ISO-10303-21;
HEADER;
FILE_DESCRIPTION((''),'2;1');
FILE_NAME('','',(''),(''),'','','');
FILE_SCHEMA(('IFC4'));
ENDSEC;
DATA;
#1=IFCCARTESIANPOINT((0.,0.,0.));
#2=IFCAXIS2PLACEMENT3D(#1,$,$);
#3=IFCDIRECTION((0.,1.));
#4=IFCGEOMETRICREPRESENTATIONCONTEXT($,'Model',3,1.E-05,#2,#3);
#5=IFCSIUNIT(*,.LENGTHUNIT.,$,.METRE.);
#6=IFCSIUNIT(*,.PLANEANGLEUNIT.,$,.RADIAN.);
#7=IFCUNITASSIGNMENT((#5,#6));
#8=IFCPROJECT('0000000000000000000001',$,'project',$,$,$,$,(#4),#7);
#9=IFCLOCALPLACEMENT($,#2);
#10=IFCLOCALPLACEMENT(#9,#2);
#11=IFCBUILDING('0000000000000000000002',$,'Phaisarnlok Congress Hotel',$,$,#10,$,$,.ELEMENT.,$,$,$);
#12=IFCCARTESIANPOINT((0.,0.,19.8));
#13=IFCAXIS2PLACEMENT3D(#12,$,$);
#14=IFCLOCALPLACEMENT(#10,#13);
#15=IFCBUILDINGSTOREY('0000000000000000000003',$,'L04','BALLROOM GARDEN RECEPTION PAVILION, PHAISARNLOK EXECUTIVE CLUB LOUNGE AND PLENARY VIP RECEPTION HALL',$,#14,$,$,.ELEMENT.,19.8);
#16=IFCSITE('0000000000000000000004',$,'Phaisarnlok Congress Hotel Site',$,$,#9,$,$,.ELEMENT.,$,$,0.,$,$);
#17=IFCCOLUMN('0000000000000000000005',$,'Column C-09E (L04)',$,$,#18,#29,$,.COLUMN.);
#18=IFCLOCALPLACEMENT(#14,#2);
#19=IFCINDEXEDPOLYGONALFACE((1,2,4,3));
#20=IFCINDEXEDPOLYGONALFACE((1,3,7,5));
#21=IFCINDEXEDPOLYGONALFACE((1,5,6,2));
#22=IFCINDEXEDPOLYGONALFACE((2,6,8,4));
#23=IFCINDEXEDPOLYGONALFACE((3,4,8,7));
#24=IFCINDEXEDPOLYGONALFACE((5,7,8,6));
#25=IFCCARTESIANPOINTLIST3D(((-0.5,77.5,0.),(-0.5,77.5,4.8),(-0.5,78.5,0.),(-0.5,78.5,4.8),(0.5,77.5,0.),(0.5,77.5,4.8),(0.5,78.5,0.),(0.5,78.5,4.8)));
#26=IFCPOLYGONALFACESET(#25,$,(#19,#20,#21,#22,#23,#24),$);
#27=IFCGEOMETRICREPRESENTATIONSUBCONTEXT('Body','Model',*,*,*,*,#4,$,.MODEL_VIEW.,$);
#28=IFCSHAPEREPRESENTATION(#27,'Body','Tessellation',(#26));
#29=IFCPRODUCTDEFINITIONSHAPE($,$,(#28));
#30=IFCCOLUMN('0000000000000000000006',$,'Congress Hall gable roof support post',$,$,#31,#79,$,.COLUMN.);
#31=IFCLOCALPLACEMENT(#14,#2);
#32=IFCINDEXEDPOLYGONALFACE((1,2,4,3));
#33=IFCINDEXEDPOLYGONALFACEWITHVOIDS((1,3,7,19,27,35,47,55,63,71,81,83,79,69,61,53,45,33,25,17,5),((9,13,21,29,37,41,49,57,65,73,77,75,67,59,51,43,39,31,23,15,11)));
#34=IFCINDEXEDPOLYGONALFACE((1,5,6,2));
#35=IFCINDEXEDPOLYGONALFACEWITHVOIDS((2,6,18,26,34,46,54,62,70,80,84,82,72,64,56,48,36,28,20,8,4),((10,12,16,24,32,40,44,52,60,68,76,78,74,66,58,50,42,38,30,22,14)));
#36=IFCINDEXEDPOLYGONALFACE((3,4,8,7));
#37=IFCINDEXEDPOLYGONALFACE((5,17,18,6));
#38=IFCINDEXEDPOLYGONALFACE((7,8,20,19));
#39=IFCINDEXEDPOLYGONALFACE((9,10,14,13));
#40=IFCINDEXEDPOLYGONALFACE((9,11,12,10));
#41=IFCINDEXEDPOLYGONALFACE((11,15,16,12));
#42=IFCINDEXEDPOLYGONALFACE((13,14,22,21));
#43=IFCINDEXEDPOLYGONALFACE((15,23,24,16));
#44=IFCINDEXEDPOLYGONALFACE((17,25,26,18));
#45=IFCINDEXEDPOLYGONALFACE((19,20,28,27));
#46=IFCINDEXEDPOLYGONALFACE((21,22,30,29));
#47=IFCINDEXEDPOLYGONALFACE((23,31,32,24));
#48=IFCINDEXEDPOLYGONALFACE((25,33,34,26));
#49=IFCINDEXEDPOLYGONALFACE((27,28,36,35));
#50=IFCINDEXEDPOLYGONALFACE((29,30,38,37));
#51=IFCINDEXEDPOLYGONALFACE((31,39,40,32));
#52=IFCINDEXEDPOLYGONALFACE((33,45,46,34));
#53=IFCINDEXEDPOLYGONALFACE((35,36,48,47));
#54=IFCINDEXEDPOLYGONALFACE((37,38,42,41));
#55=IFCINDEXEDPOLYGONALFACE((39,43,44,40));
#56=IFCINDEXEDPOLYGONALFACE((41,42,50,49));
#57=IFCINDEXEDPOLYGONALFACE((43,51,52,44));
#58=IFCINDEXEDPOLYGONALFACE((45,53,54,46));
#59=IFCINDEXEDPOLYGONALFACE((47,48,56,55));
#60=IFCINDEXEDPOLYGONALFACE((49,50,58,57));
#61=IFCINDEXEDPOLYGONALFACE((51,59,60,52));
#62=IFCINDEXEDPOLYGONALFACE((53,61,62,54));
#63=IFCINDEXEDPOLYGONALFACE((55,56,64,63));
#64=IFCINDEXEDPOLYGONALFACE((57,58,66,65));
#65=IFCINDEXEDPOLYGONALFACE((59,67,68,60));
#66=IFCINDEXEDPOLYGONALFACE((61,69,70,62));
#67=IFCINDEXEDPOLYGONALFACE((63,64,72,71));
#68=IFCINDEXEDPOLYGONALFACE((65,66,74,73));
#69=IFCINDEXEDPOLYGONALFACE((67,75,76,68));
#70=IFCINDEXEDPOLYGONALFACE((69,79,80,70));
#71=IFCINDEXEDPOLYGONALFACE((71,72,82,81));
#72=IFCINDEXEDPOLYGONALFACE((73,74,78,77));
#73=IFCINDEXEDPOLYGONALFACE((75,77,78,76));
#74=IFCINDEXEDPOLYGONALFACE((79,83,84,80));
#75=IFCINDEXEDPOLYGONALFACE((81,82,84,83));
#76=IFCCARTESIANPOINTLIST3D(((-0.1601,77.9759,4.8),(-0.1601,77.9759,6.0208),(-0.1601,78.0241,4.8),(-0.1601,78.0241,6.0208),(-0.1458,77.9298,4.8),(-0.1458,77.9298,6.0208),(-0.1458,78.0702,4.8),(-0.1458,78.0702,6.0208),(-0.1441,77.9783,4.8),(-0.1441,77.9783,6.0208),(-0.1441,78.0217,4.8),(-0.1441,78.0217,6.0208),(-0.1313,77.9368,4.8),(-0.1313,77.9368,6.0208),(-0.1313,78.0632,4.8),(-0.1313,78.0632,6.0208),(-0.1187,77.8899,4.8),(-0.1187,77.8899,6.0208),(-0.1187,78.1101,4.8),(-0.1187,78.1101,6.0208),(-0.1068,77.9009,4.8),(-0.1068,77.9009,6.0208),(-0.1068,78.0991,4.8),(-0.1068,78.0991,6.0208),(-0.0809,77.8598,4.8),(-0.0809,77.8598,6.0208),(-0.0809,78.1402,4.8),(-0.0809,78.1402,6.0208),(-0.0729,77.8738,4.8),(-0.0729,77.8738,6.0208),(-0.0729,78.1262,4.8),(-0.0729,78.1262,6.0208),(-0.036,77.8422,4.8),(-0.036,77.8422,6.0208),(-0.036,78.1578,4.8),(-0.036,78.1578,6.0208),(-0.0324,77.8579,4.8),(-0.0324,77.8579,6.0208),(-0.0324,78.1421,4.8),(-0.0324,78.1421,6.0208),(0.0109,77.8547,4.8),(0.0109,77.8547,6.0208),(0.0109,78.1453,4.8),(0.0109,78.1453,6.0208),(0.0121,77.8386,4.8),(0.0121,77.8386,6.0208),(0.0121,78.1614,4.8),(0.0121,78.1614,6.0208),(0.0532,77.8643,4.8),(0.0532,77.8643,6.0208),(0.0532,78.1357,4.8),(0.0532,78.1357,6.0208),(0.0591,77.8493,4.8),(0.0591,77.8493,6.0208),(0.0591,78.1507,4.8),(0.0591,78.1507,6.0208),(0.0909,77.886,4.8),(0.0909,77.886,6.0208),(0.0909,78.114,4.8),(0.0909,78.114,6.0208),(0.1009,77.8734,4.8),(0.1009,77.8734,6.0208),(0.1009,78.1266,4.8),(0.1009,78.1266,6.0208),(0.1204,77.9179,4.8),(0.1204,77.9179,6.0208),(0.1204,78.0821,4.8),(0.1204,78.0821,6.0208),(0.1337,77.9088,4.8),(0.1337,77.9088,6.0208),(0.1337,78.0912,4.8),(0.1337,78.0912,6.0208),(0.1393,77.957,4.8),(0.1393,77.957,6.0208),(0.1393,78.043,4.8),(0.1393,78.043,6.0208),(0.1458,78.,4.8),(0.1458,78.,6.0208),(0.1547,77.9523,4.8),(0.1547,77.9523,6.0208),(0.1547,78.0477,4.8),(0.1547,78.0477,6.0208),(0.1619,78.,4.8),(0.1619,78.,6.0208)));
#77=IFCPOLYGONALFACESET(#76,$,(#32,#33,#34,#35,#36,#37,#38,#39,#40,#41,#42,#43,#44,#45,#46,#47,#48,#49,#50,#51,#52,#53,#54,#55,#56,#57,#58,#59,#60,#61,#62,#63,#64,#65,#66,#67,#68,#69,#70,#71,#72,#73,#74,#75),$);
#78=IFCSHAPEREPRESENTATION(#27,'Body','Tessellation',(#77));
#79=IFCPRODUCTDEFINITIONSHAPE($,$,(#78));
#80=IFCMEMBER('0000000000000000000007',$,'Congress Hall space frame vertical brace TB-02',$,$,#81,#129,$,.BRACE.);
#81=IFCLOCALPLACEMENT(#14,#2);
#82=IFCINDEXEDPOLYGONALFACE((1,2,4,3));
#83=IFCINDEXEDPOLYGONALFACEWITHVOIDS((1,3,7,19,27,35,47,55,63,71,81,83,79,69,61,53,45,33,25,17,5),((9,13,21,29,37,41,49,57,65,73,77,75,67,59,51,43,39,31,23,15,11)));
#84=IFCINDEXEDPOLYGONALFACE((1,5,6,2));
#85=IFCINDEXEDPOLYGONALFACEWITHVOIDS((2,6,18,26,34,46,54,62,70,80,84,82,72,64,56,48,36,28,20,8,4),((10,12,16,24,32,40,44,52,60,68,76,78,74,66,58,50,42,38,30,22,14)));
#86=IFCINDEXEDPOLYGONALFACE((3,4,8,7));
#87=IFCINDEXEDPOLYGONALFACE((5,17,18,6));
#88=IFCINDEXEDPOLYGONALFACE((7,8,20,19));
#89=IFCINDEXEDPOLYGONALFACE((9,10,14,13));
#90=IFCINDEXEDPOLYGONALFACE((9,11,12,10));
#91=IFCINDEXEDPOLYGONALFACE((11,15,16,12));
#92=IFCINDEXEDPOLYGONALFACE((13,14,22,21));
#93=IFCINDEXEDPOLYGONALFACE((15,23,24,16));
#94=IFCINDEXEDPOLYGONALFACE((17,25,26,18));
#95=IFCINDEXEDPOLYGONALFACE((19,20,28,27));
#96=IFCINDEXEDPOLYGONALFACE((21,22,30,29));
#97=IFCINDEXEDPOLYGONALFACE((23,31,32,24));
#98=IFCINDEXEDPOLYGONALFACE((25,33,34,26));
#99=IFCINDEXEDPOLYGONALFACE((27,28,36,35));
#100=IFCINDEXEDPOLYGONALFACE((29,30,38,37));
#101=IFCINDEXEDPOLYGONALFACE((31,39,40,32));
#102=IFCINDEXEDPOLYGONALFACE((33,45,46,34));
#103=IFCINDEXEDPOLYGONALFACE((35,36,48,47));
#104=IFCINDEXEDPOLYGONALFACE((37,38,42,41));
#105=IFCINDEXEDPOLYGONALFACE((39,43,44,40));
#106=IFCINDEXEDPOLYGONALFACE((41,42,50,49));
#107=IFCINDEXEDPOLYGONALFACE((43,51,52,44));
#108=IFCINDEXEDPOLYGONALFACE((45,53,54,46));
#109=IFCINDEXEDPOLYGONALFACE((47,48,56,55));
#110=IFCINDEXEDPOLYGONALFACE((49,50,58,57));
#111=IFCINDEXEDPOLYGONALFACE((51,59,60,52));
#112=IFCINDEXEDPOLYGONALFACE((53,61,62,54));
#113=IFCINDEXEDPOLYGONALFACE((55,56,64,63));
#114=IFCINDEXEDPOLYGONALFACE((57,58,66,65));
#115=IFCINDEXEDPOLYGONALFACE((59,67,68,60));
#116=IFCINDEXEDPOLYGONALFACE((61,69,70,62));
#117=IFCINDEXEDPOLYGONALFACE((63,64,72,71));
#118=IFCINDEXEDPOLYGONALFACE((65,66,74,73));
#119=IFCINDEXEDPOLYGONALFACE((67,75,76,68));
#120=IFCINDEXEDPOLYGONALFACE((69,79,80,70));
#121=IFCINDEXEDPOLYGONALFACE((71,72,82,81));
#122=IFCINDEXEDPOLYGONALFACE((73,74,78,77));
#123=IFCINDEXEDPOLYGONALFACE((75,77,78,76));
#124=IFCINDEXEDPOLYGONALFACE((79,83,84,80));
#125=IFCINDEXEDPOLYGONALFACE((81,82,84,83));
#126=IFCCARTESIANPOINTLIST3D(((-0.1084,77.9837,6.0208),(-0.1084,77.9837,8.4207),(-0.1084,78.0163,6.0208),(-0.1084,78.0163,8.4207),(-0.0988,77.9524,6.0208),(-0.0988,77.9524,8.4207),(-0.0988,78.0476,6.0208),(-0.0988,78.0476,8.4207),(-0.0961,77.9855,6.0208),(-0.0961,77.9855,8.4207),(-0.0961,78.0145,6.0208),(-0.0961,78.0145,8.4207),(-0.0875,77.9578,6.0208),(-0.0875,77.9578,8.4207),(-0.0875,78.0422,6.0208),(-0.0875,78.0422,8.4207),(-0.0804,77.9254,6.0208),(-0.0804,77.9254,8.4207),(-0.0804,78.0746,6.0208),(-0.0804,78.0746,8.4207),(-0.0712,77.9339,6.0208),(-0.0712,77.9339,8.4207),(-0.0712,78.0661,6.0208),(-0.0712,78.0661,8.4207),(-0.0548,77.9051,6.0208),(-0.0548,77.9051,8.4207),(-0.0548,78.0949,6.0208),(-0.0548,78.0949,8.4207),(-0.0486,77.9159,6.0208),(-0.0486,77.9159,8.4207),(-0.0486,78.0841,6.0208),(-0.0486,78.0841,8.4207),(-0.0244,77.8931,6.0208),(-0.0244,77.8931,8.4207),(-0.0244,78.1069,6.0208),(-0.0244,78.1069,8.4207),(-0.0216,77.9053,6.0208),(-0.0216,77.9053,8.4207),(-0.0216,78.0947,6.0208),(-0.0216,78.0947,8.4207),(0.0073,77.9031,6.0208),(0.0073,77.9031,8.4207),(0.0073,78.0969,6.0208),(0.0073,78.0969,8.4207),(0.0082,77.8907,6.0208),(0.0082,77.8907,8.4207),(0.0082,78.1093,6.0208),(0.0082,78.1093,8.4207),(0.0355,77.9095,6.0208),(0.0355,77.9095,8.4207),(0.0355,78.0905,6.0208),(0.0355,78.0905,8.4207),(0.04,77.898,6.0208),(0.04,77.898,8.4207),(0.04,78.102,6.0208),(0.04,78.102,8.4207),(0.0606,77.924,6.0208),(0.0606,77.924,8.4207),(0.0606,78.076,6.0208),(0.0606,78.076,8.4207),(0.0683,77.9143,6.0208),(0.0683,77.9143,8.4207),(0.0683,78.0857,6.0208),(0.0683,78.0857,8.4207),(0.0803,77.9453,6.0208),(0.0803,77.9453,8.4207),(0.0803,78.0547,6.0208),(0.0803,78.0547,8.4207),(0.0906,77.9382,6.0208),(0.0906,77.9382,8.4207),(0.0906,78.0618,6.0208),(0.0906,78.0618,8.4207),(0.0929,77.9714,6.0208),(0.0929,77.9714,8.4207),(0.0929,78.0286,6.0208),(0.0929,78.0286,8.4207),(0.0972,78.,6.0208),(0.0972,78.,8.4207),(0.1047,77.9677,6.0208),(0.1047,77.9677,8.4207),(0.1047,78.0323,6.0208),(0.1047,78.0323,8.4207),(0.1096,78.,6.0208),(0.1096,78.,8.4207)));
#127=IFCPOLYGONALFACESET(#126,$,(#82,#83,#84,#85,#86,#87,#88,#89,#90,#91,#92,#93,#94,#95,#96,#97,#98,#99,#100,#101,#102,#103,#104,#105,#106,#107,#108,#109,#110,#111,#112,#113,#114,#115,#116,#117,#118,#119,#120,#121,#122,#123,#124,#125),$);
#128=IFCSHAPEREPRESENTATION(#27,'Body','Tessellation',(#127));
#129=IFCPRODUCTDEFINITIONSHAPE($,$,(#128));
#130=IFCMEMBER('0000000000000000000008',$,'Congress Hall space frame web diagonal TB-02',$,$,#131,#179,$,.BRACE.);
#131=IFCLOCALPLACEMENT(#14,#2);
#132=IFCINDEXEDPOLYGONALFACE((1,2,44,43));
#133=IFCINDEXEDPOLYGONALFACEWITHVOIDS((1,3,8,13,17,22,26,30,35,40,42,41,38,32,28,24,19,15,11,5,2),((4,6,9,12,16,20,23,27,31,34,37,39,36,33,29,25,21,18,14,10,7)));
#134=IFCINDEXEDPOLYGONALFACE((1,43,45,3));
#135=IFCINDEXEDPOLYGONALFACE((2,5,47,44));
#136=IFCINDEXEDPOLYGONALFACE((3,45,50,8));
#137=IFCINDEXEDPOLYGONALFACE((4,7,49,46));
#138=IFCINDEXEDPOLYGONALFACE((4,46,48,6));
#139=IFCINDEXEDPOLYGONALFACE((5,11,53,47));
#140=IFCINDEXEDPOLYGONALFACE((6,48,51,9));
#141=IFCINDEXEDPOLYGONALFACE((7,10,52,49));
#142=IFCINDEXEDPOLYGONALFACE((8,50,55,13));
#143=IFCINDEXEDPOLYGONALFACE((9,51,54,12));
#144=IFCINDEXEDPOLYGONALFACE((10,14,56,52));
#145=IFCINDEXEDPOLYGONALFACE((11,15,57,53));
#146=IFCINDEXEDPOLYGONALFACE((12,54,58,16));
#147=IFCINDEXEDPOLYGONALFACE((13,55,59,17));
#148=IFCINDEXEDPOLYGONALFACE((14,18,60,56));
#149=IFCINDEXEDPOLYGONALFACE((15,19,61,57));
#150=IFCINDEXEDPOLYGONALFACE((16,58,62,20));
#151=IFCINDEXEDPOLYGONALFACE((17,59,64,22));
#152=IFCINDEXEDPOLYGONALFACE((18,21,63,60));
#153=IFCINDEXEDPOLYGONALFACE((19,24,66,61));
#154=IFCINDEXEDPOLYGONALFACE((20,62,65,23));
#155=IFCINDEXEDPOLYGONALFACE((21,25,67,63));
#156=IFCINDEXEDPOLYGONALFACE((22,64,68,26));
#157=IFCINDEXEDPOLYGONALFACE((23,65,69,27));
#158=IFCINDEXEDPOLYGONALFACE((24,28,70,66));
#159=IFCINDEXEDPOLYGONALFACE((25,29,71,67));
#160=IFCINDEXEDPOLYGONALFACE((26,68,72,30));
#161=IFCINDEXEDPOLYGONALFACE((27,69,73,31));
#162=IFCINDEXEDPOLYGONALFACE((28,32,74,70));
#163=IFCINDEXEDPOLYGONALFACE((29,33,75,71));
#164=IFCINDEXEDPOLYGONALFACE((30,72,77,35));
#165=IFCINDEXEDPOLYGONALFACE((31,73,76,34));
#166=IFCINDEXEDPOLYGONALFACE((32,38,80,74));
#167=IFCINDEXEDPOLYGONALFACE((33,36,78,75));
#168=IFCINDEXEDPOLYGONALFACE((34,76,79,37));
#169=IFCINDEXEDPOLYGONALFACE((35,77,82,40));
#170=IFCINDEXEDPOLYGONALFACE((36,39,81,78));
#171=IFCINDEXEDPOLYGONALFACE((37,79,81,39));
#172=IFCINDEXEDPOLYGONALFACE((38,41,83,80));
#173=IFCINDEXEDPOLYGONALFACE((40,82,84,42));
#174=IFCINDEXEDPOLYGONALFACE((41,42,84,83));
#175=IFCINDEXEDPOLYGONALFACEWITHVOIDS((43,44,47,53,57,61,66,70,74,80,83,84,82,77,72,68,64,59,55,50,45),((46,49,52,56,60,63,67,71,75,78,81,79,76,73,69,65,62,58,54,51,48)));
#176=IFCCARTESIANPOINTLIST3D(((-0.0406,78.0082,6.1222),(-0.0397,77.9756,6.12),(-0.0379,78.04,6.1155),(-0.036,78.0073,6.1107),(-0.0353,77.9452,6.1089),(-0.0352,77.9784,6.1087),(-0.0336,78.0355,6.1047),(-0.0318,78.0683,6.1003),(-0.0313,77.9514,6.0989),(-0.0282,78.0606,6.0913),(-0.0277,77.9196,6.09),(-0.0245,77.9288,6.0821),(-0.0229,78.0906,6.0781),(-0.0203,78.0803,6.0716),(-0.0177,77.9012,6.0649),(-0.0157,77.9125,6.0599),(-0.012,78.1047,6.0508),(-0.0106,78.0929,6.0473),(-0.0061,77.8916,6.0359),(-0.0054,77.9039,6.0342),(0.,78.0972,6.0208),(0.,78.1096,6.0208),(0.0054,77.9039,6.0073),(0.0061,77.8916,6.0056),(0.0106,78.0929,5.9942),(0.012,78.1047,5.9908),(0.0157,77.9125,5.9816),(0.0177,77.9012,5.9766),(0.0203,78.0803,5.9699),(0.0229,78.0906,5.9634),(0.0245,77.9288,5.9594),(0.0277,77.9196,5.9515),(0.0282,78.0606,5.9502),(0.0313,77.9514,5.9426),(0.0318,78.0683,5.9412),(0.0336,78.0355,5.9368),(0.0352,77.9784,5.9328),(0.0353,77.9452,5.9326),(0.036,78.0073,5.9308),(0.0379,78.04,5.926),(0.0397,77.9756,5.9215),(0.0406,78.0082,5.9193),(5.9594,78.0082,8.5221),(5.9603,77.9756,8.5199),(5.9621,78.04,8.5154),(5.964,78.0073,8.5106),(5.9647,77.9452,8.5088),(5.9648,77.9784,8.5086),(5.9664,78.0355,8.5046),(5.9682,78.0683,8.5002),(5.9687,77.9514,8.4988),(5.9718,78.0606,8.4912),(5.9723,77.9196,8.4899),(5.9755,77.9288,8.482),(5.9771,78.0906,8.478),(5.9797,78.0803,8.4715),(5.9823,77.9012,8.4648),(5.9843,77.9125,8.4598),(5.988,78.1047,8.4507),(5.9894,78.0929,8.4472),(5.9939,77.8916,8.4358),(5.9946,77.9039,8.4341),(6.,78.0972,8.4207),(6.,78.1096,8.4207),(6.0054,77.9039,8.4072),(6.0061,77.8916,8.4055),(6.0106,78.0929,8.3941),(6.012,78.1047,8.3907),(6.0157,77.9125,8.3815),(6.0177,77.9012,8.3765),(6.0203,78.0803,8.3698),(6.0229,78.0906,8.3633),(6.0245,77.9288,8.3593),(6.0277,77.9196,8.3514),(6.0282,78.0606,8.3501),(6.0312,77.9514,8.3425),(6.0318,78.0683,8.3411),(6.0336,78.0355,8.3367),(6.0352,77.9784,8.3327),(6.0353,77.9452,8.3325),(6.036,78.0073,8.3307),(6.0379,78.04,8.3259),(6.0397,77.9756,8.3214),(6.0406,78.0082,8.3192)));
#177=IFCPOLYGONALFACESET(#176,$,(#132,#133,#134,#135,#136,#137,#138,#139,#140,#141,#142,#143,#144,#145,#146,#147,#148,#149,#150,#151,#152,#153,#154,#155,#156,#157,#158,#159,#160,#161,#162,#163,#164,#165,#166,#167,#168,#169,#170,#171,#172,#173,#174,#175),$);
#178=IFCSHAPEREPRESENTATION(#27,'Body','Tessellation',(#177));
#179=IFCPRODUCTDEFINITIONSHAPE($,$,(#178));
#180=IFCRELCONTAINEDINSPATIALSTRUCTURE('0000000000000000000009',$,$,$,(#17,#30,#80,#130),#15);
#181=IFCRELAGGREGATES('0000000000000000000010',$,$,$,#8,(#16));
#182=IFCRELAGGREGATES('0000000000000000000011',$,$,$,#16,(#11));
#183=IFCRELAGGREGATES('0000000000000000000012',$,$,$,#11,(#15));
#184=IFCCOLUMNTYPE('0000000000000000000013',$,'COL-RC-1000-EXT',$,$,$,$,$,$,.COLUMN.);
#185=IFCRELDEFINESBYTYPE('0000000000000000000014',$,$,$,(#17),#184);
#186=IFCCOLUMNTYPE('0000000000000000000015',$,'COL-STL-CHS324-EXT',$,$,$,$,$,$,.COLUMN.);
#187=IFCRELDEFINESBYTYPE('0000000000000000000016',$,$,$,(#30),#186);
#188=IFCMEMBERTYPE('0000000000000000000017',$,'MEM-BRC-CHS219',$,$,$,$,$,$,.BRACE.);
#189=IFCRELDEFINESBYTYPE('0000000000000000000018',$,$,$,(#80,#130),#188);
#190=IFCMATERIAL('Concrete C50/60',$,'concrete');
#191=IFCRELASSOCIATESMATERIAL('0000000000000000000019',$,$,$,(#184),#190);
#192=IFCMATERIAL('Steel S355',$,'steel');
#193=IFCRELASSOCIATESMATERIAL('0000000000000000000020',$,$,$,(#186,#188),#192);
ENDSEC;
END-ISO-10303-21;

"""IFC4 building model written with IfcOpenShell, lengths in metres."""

from ifc_helpers import new_model, si_unit, direction, frame, origin, origin_2d, place, context, subcontext, project, spatial, rectangle, hollow_circle, extrude, material, material_profile, profile_set, type_object, element, save


model = new_model("IFC4")

# Units and contexts
model_context = context("Model", 3, precision=1e-05, world=origin(), true_north=direction((0.0, 1.0)))
body_context = subcontext(model_context, "Body", "Model", "MODEL_VIEW")
ifc_project = project(units=[si_unit("LENGTHUNIT", "METRE"), si_unit("PLANEANGLEUNIT", "RADIAN")], contexts=[model_context])

# Site, building, storey
site_placement = place(None, origin())
site = spatial("IfcSite", under=ifc_project, at=site_placement, Name="Phaisarnlok Congress Hotel Site", CompositionType="ELEMENT", RefElevation=0.0)
building_placement = place(site_placement, origin())
building = spatial("IfcBuilding", under=site, at=building_placement, Name="Phaisarnlok Congress Hotel", CompositionType="ELEMENT")
storey_placement = place(building_placement, frame((0.0, 0.0, 19.8)))
storey = spatial("IfcBuildingStorey", under=building, at=storey_placement, Name="L04", Description="BALLROOM GARDEN RECEPTION PAVILION, PHAISARNLOK EXECUTIVE CLUB LOUNGE AND PLENARY VIP RECEPTION HALL", CompositionType="ELEMENT", Elevation=19.8)

# Columns
ifc_material_1 = material(Name="Concrete C50/60", Category="concrete")
ifc_material_profile_1 = material_profile(ifc_material_1, rectangle(XDim=1.0, YDim=1.0, at=origin_2d()), Name="RC 1000x1000")
ifc_profile_set_1 = profile_set([ifc_material_profile_1], Name="Concrete C50/60")
column_type_1 = type_object("IfcColumnType", Name="COL-RC-1000-EXT", PredefinedType="COLUMN", material=ifc_profile_set_1)
column_1_placement = place(storey_placement, frame((0.0, 78.0, 0.0), z_axis=(0.0, 0.0, 1.0), x_axis=(1.0, 0.0, 0.0)))
element("IfcColumn", 1, at=column_1_placement, inside=storey, type_object=column_type_1, Name="Column C-09E (L04)", PredefinedType="COLUMN", context=body_context, shape_type="SweptSolid", body=[
    extrude(rectangle(XDim=1.0, YDim=1.0, at=origin_2d()), origin(), (0.0, 0.0, 1.0), 4.8),
])
ifc_material_2 = material(Name="Steel S355", Category="steel")
ifc_material_profile_2 = material_profile(ifc_material_2, hollow_circle(Radius=0.1619, WallThickness=0.0161, at=origin_2d()), Name="CHS 323.9x16")
ifc_profile_set_2 = profile_set([ifc_material_profile_2], Name="Steel S355")
column_type_2 = type_object("IfcColumnType", Name="COL-STL-CHS324-EXT", PredefinedType="COLUMN", material=ifc_profile_set_2)
column_2_placement = place(storey_placement, frame((0.0, 78.0, 4.8), z_axis=(0.0, 0.0, 1.0), x_axis=(1.0, 0.0, 0.0)))
element("IfcColumn", 2, at=column_2_placement, inside=storey, type_object=column_type_2, Name="Congress Hall gable roof support post", PredefinedType="COLUMN", context=body_context, shape_type="SweptSolid", body=[
    extrude(hollow_circle(Radius=0.1619, WallThickness=0.0161, at=origin_2d()), origin(), (0.0, 0.0, 1.0), 1.2207),
])

# Members
ifc_material_profile_3 = material_profile(ifc_material_2, hollow_circle(Radius=0.1096, WallThickness=0.0125, at=origin_2d()), Name="CHS 219.1x12.5")
ifc_profile_set_3 = profile_set([ifc_material_profile_3], Name="Steel S355")
member_type_1 = type_object("IfcMemberType", Name="MEM-BRC-CHS219", PredefinedType="BRACE", material=ifc_profile_set_3)
member_1_placement = place(storey_placement, frame((0.0, 78.0, 6.0208), z_axis=(0.0, 0.0, 1.0), x_axis=(1.0, 0.0, 0.0)))
element("IfcMember", 3, at=member_1_placement, inside=storey, type_object=member_type_1, Name="Congress Hall space frame vertical brace TB-02", PredefinedType="BRACE", context=body_context, shape_type="SweptSolid", body=[
    extrude(hollow_circle(Radius=0.1096, WallThickness=0.0125, at=origin_2d()), origin(), (0.0, 0.0, 1.0), 2.3999),
])
member_2_placement = place(storey_placement, frame((0.0, 78.0, 6.0208), z_axis=(0.928482, 0.0, 0.371378), x_axis=(0.0, 1.0, 0.0)))
element("IfcMember", 4, at=member_2_placement, inside=storey, type_object=member_type_1, Name="Congress Hall space frame web diagonal TB-02", PredefinedType="BRACE", context=body_context, shape_type="SweptSolid", body=[
    extrude(hollow_circle(Radius=0.1096, WallThickness=0.0125, at=origin_2d()), origin(), (0.0, 0.0, 1.0), 6.4622),
])

save(model, "model.ifc")
